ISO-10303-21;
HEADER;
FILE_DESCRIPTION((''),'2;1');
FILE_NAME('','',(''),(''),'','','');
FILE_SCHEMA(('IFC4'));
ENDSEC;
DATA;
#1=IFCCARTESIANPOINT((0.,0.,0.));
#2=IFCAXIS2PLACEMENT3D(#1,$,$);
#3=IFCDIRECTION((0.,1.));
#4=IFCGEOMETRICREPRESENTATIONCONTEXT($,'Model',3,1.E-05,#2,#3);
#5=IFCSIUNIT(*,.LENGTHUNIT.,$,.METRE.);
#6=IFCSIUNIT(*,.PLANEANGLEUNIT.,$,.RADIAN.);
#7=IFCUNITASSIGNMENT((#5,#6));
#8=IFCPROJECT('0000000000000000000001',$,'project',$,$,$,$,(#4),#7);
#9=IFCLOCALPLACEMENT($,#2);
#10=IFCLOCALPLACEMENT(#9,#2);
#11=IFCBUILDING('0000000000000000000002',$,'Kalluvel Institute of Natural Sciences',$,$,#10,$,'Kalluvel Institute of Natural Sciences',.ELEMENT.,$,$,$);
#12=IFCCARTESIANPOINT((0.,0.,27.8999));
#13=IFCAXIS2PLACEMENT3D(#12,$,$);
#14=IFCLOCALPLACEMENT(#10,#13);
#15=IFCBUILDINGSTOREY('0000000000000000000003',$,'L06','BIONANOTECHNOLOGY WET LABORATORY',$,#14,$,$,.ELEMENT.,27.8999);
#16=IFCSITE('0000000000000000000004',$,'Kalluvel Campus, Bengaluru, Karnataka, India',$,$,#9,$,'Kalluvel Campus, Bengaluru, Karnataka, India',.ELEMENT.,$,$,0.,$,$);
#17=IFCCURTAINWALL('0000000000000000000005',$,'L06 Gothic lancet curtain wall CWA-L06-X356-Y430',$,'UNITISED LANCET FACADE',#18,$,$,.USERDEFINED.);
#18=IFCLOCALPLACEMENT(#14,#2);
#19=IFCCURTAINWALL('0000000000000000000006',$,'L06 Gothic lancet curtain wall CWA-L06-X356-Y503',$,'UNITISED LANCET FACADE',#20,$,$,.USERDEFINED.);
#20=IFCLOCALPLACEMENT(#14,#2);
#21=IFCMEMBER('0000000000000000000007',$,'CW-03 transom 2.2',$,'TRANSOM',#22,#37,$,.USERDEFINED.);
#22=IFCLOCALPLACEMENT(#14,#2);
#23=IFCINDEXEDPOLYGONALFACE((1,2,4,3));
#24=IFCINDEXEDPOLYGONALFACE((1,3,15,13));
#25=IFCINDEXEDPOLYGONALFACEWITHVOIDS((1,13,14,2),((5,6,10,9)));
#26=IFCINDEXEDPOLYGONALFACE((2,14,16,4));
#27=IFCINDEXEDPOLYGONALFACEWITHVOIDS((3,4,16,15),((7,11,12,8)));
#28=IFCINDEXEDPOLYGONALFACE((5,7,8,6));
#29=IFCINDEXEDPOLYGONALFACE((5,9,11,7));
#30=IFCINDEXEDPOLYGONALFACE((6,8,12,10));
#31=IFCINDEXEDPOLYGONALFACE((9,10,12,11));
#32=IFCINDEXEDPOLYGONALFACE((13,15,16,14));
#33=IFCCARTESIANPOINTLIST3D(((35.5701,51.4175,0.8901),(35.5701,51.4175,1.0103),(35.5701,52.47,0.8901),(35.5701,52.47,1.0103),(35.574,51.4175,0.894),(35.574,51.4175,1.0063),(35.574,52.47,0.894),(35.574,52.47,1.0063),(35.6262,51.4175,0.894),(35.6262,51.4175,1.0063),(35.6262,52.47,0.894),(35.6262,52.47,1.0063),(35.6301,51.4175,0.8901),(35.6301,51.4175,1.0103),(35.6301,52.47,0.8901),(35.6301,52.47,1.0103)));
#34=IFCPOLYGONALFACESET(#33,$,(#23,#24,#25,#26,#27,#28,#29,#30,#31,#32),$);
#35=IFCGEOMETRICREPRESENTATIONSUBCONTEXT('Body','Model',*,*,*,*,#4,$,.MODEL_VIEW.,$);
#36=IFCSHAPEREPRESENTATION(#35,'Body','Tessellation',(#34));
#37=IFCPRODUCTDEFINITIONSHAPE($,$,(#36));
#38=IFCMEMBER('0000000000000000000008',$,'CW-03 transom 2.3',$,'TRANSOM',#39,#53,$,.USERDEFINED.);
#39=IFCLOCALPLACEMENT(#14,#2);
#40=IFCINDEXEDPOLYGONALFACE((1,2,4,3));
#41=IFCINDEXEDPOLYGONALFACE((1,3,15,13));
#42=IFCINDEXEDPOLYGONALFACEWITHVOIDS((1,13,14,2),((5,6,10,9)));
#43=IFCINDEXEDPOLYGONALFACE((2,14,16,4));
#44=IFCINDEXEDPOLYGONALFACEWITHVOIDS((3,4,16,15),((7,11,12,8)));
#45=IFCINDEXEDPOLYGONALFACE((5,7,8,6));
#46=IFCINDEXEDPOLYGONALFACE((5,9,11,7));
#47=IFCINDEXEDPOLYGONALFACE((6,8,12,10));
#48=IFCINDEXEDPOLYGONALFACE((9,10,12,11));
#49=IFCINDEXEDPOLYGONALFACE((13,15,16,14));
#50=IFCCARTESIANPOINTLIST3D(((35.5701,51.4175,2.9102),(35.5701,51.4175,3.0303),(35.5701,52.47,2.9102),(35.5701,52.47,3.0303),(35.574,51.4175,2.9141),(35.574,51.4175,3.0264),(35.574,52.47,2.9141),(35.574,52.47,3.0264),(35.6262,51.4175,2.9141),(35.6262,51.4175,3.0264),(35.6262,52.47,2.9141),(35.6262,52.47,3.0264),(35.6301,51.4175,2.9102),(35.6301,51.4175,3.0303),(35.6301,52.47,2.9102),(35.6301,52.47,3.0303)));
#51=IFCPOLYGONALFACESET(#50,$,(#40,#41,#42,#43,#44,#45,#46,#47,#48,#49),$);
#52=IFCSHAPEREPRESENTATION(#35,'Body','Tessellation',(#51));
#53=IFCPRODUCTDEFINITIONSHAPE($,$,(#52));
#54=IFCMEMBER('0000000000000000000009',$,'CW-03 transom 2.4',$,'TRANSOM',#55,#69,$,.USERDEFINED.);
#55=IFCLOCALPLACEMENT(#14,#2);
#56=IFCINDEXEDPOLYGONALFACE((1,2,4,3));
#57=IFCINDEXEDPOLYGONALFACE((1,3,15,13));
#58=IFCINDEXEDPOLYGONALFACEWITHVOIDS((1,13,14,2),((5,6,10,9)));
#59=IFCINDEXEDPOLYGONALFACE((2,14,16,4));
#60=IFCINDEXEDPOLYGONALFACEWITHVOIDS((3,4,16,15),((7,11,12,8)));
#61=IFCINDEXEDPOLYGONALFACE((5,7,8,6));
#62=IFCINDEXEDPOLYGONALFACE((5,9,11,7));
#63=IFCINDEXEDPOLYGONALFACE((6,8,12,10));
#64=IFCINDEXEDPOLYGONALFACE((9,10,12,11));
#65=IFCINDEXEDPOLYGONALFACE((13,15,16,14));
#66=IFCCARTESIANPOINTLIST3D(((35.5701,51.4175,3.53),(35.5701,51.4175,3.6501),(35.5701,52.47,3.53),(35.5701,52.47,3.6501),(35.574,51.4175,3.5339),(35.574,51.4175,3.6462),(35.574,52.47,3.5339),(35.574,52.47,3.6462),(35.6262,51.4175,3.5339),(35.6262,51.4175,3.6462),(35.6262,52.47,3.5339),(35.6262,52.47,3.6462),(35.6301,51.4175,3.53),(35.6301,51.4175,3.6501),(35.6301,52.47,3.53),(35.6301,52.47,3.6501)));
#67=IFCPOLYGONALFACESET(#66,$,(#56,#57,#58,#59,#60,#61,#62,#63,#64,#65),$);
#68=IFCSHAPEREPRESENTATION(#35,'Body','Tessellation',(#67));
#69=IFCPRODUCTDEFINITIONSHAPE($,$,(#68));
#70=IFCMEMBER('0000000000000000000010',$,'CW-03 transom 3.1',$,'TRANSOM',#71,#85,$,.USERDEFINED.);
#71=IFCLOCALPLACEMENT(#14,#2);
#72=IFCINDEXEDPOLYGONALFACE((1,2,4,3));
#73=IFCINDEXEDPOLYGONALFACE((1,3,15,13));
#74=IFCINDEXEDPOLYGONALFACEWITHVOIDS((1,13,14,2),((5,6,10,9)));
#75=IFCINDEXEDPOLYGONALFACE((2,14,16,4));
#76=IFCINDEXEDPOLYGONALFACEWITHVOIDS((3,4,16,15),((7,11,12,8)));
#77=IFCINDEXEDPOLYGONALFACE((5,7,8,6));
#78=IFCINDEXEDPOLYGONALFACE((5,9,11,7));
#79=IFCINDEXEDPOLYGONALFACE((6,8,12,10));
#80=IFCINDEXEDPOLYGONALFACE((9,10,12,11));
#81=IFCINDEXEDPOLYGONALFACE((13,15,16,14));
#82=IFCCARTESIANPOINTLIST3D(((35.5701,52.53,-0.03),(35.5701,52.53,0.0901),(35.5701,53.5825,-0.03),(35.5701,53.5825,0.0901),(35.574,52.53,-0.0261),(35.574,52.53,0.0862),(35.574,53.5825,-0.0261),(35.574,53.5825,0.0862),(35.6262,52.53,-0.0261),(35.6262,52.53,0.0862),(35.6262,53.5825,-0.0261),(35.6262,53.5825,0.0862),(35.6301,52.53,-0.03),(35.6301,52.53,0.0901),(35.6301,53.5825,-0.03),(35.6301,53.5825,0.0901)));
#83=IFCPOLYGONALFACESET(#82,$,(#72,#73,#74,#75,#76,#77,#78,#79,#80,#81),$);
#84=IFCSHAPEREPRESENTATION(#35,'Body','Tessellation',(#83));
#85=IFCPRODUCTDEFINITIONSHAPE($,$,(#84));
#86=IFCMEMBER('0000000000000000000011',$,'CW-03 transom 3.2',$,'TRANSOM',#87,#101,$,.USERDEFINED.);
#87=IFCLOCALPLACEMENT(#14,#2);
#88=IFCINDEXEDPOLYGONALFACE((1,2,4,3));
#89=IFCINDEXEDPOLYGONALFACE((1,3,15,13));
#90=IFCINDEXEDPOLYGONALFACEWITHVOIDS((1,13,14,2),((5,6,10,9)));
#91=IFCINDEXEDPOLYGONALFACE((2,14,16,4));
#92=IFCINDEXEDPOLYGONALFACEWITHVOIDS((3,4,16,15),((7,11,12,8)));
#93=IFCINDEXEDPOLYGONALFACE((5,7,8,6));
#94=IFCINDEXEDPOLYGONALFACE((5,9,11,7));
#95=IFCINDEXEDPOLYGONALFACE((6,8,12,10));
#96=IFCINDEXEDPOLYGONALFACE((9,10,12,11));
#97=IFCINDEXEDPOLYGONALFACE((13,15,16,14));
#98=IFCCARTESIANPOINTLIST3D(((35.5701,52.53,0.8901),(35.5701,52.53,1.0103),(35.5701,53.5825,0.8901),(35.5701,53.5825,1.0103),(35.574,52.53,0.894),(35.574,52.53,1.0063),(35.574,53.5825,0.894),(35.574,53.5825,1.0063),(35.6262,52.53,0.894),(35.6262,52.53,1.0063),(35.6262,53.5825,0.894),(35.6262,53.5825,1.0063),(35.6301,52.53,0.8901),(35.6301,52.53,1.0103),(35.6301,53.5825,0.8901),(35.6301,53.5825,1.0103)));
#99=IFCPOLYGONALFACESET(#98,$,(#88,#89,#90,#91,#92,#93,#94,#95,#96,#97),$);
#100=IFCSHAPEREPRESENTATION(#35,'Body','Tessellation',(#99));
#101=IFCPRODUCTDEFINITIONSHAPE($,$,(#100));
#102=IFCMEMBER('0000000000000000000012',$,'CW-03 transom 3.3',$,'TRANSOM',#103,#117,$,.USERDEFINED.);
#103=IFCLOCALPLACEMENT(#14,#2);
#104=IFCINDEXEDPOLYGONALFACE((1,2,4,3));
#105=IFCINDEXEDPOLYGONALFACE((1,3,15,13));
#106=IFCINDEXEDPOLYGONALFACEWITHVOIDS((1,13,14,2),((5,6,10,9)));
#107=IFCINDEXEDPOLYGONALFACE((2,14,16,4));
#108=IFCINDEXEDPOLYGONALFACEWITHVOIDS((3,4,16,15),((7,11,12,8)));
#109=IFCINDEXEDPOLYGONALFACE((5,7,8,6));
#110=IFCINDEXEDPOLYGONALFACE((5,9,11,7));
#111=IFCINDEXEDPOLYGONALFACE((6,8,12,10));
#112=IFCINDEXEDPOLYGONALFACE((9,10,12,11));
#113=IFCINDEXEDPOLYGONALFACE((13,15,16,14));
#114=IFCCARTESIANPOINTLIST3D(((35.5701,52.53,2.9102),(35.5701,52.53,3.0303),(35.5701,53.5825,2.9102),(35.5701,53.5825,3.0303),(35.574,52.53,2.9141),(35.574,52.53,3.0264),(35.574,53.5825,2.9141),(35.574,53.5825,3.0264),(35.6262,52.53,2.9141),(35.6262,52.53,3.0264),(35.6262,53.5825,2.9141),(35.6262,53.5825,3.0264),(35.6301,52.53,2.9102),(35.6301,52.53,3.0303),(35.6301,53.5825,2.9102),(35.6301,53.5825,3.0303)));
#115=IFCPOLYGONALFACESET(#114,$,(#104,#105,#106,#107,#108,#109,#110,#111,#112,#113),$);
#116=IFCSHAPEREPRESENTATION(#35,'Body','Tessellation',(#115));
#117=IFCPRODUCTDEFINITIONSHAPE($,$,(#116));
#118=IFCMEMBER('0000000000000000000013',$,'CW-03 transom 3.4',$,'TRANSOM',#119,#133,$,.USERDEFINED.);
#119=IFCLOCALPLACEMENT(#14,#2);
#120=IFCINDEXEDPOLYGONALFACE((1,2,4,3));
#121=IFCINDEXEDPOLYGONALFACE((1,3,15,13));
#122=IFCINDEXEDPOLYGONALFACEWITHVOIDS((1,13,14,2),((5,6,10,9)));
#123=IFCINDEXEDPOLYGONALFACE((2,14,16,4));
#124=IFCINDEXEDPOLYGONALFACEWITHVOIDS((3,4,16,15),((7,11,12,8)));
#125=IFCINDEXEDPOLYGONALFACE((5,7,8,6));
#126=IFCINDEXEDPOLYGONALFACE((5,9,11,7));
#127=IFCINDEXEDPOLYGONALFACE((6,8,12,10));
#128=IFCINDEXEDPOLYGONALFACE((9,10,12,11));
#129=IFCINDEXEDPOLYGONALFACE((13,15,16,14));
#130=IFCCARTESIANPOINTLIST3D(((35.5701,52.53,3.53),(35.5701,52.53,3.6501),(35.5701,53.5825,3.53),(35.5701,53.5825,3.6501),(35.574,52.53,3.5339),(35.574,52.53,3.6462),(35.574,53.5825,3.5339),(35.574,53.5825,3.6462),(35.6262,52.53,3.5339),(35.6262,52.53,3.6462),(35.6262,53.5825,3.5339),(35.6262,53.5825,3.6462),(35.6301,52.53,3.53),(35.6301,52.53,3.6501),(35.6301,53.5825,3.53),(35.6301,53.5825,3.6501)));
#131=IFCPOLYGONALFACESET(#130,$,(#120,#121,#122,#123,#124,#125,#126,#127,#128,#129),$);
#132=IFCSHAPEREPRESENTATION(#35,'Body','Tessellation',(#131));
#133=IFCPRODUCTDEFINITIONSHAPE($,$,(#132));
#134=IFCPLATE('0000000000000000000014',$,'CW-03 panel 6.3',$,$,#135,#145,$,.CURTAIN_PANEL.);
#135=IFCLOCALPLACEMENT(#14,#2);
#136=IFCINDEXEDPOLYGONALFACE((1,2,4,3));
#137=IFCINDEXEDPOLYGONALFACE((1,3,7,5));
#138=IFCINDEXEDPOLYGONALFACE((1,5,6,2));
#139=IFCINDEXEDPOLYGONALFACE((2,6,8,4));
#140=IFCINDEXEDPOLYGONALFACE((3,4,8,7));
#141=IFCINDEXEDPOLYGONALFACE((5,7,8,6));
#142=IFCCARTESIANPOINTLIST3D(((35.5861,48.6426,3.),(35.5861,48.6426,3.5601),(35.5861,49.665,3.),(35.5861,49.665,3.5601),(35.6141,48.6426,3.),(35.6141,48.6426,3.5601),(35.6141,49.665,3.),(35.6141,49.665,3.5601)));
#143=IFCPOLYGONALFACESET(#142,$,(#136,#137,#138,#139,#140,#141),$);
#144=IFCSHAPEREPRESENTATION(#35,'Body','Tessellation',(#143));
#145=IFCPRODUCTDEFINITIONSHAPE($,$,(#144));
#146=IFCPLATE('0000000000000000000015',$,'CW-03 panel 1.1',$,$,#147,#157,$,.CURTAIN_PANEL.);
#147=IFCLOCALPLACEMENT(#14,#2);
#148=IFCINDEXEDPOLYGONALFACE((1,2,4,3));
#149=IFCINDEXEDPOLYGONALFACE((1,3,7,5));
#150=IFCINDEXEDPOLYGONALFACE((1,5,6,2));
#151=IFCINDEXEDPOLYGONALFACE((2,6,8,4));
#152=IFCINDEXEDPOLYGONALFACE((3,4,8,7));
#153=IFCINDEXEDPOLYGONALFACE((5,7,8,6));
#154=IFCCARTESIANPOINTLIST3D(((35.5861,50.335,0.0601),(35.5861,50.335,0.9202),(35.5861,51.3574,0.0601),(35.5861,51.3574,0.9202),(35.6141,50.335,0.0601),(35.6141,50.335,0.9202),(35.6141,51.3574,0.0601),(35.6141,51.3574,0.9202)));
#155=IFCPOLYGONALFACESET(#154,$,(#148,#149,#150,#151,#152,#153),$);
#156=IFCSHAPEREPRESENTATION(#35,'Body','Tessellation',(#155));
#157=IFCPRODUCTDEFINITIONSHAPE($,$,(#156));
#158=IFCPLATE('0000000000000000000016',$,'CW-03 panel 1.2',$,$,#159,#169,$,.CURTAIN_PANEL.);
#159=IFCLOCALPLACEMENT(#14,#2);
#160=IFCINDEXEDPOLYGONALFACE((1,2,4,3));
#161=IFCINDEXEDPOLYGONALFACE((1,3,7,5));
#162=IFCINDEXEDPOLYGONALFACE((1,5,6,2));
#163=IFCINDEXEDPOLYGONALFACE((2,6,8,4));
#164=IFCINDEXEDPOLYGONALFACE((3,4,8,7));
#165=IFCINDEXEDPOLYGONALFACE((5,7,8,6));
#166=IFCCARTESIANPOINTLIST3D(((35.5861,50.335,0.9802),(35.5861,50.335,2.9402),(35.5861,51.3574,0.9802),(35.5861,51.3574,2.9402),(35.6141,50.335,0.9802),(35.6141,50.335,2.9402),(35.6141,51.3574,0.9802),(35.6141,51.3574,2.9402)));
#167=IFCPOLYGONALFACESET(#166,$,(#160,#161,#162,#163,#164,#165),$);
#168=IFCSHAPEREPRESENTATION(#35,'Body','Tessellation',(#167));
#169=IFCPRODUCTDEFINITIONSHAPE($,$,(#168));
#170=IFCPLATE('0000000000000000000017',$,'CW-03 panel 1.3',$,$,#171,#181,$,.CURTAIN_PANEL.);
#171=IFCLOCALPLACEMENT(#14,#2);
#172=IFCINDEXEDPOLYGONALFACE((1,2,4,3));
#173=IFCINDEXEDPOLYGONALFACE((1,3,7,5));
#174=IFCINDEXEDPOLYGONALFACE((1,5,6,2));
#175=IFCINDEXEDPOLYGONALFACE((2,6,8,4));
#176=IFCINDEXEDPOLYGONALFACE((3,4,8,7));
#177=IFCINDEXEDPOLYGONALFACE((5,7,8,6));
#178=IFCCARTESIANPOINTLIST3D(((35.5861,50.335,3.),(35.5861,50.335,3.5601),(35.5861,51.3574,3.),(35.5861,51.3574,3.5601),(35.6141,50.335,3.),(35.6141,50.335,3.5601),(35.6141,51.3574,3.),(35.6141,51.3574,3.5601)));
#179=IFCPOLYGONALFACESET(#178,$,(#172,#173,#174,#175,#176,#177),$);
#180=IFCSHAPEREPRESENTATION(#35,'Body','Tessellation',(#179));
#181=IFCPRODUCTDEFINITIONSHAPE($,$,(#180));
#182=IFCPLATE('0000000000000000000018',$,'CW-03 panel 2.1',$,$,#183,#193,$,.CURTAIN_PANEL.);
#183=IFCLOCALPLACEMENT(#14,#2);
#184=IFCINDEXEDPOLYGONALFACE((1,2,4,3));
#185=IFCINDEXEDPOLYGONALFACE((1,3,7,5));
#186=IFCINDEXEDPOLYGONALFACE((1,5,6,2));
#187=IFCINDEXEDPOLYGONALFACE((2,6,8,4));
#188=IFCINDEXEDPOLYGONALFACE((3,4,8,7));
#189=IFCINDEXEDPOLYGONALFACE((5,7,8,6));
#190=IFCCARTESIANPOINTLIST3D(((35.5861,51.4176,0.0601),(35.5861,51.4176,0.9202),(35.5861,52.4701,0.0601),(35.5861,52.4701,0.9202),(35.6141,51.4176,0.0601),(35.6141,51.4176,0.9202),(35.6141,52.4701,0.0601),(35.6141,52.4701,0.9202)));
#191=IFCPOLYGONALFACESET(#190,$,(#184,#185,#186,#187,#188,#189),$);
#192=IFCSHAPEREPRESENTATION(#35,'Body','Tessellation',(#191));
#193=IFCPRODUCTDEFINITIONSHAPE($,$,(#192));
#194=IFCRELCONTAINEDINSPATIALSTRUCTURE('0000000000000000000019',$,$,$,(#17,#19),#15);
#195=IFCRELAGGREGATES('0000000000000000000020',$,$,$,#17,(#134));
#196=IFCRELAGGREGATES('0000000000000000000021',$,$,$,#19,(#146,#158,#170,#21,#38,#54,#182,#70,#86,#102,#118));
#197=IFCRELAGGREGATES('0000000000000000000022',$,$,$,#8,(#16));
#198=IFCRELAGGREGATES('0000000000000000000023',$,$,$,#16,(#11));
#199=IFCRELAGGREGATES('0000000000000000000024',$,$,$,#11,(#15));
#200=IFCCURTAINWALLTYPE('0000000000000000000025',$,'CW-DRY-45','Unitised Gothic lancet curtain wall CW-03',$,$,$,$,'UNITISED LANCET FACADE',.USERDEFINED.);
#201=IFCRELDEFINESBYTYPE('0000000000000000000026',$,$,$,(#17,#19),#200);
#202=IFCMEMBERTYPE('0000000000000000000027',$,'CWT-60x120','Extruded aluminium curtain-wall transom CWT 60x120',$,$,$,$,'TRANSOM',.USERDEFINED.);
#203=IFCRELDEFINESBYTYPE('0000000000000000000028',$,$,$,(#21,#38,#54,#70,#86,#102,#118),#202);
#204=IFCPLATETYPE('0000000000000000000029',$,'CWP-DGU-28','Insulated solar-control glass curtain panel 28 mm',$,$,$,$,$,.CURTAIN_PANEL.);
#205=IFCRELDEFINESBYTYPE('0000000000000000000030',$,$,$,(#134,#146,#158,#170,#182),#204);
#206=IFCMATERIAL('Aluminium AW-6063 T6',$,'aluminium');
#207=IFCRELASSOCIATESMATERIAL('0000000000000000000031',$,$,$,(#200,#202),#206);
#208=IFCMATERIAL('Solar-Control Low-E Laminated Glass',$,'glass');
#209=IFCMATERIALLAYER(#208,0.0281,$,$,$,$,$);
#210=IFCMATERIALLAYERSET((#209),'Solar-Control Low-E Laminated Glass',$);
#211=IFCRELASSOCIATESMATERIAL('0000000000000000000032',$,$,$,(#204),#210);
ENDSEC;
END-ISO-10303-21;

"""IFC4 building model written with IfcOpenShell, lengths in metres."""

from ifc_helpers import new_model, si_unit, direction, frame, origin, origin_2d, place, context, subcontext, project, spatial, rectangle, hollow_rectangle, extrude, material, layer, layer_set, material_profile, profile_set, type_object, element, aggregate, save


model = new_model("IFC4")

# Units and contexts
model_context = context("Model", 3, precision=1e-05, world=origin(), true_north=direction((0.0, 1.0)))
body_context = subcontext(model_context, "Body", "Model", "MODEL_VIEW")
ifc_project = project(units=[si_unit("LENGTHUNIT", "METRE"), si_unit("PLANEANGLEUNIT", "RADIAN")], contexts=[model_context])

# Site, building, storey
site_placement = place(None, origin())
site = spatial("IfcSite", under=ifc_project, at=site_placement, Name="Kalluvel Campus, Bengaluru, Karnataka, India", LongName="Kalluvel Campus, Bengaluru, Karnataka, India", CompositionType="ELEMENT", RefElevation=0.0)
building_placement = place(site_placement, origin())
building = spatial("IfcBuilding", under=site, at=building_placement, Name="Kalluvel Institute of Natural Sciences", LongName="Kalluvel Institute of Natural Sciences", CompositionType="ELEMENT")
storey_placement = place(building_placement, frame((0.0, 0.0, 27.8999)))
storey = spatial("IfcBuildingStorey", under=building, at=storey_placement, Name="L06", Description="BIONANOTECHNOLOGY WET LABORATORY", CompositionType="ELEMENT", Elevation=27.8999)

# Curtain wall
ifc_material_1 = material(Name="Aluminium AW-6063 T6", Category="aluminium")
curtain_wall_type = type_object("IfcCurtainWallType", Name="CW-DRY-45", Description="Unitised Gothic lancet curtain wall CW-03", ElementType="UNITISED LANCET FACADE", PredefinedType="USERDEFINED", material=ifc_material_1)
curtain_wall_1_placement = place(storey_placement, origin())
curtain_wall_1 = element("IfcCurtainWall", 1, at=curtain_wall_1_placement, inside=storey, type_object=curtain_wall_type, Name="L06 Gothic lancet curtain wall CWA-L06-X356-Y430", ObjectType="UNITISED LANCET FACADE", PredefinedType="USERDEFINED")

# Curtain wall, members
curtain_wall_2_placement = place(storey_placement, origin())
curtain_wall_2 = element("IfcCurtainWall", 2, at=curtain_wall_2_placement, inside=storey, type_object=curtain_wall_type, Name="L06 Gothic lancet curtain wall CWA-L06-X356-Y503", ObjectType="UNITISED LANCET FACADE", PredefinedType="USERDEFINED")
ifc_material_profile_1 = material_profile(ifc_material_1, hollow_rectangle(XDim=0.0601, YDim=0.1201, WallThickness=0.0039, at=origin_2d()), Name="CWT 60x120")
ifc_profile_set_1 = profile_set([ifc_material_profile_1], Name="Aluminium AW-6063 T6")
member_type_1 = type_object("IfcMemberType", Name="CWT-60x120", Description="Extruded aluminium curtain-wall transom CWT 60x120", ElementType="TRANSOM", PredefinedType="USERDEFINED", material=ifc_profile_set_1)
member_1_placement = place(storey_placement, frame((35.6001, 51.4175, 0.9502), z_axis=(0.0, 1.0, 0.0), x_axis=(-1.0, 0.0, 0.0)))
member_1 = element("IfcMember", 3, at=member_1_placement, type_object=member_type_1, Name="CW-03 transom 2.2", ObjectType="TRANSOM", PredefinedType="USERDEFINED", context=body_context, shape_type="SweptSolid", body=[
    extrude(hollow_rectangle(XDim=0.0601, YDim=0.1201, WallThickness=0.0039, at=origin_2d()), origin(), (0.0, 0.0, 1.0), 1.0525),
])
member_2_placement = place(storey_placement, frame((35.6001, 51.4175, 2.9702), z_axis=(0.0, 1.0, 0.0), x_axis=(-1.0, 0.0, 0.0)))
member_2 = element("IfcMember", 4, at=member_2_placement, type_object=member_type_1, Name="CW-03 transom 2.3", ObjectType="TRANSOM", PredefinedType="USERDEFINED", context=body_context, shape_type="SweptSolid", body=[
    extrude(hollow_rectangle(XDim=0.0601, YDim=0.1201, WallThickness=0.0039, at=origin_2d()), origin(), (0.0, 0.0, 1.0), 1.0525),
])
member_3_placement = place(storey_placement, frame((35.6001, 51.4175, 3.5901), z_axis=(0.0, 1.0, 0.0), x_axis=(-1.0, 0.0, 0.0)))
member_3 = element("IfcMember", 5, at=member_3_placement, type_object=member_type_1, Name="CW-03 transom 2.4", ObjectType="TRANSOM", PredefinedType="USERDEFINED", context=body_context, shape_type="SweptSolid", body=[
    extrude(hollow_rectangle(XDim=0.0601, YDim=0.1201, WallThickness=0.0039, at=origin_2d()), origin(), (0.0, 0.0, 1.0), 1.0525),
])
member_4_placement = place(storey_placement, frame((35.6001, 52.53, 0.03), z_axis=(0.0, 1.0, 0.0), x_axis=(-1.0, 0.0, 0.0)))
member_4 = element("IfcMember", 6, at=member_4_placement, type_object=member_type_1, Name="CW-03 transom 3.1", ObjectType="TRANSOM", PredefinedType="USERDEFINED", context=body_context, shape_type="SweptSolid", body=[
    extrude(hollow_rectangle(XDim=0.0601, YDim=0.1201, WallThickness=0.0039, at=origin_2d()), origin(), (0.0, 0.0, 1.0), 1.0525),
])
member_5_placement = place(storey_placement, frame((35.6001, 52.53, 0.9502), z_axis=(0.0, 1.0, 0.0), x_axis=(-1.0, 0.0, 0.0)))
member_5 = element("IfcMember", 7, at=member_5_placement, type_object=member_type_1, Name="CW-03 transom 3.2", ObjectType="TRANSOM", PredefinedType="USERDEFINED", context=body_context, shape_type="SweptSolid", body=[
    extrude(hollow_rectangle(XDim=0.0601, YDim=0.1201, WallThickness=0.0039, at=origin_2d()), origin(), (0.0, 0.0, 1.0), 1.0525),
])
member_6_placement = place(storey_placement, frame((35.6001, 52.53, 2.9702), z_axis=(0.0, 1.0, 0.0), x_axis=(-1.0, 0.0, 0.0)))
member_6 = element("IfcMember", 8, at=member_6_placement, type_object=member_type_1, Name="CW-03 transom 3.3", ObjectType="TRANSOM", PredefinedType="USERDEFINED", context=body_context, shape_type="SweptSolid", body=[
    extrude(hollow_rectangle(XDim=0.0601, YDim=0.1201, WallThickness=0.0039, at=origin_2d()), origin(), (0.0, 0.0, 1.0), 1.0525),
])
member_7_placement = place(storey_placement, frame((35.6001, 52.53, 3.5901), z_axis=(0.0, 1.0, 0.0), x_axis=(-1.0, 0.0, 0.0)))
member_7 = element("IfcMember", 9, at=member_7_placement, type_object=member_type_1, Name="CW-03 transom 3.4", ObjectType="TRANSOM", PredefinedType="USERDEFINED", context=body_context, shape_type="SweptSolid", body=[
    extrude(hollow_rectangle(XDim=0.0601, YDim=0.1201, WallThickness=0.0039, at=origin_2d()), origin(), (0.0, 0.0, 1.0), 1.0525),
])

# Plates
ifc_material_2 = material(Name="Solar-Control Low-E Laminated Glass", Category="glass")
ifc_layer = layer(ifc_material_2, 0.0281)
ifc_layer_set = layer_set([ifc_layer], Name="Solar-Control Low-E Laminated Glass")
plate_type = type_object("IfcPlateType", Name="CWP-DGU-28", Description="Insulated solar-control glass curtain panel 28 mm", PredefinedType="CURTAIN_PANEL", material=ifc_layer_set)
plate_1_placement = place(storey_placement, frame((35.6001, 49.1538, 3.0), z_axis=(0.0, 0.0, 1.0), x_axis=(0.0, 1.0, 0.0)))
plate_1 = element("IfcPlate", 10, at=plate_1_placement, type_object=plate_type, Name="CW-03 panel 6.3", PredefinedType="CURTAIN_PANEL", context=body_context, shape_type="SweptSolid", body=[
    extrude(rectangle(XDim=1.0225, YDim=0.0281, at=origin_2d()), origin(), (0.0, 0.0, 1.0), 0.5601),
])
aggregate(curtain_wall_1, [plate_1])
plate_2_placement = place(storey_placement, frame((35.6001, 50.8462, 0.0601), z_axis=(0.0, 0.0, 1.0), x_axis=(0.0, 1.0, 0.0)))
plate_2 = element("IfcPlate", 11, at=plate_2_placement, type_object=plate_type, Name="CW-03 panel 1.1", PredefinedType="CURTAIN_PANEL", context=body_context, shape_type="SweptSolid", body=[
    extrude(rectangle(XDim=1.0225, YDim=0.0281, at=origin_2d()), origin(), (0.0, 0.0, 1.0), 0.8601),
])
plate_3_placement = place(storey_placement, frame((35.6001, 50.8462, 0.9802), z_axis=(0.0, 0.0, 1.0), x_axis=(0.0, 1.0, 0.0)))
plate_3 = element("IfcPlate", 12, at=plate_3_placement, type_object=plate_type, Name="CW-03 panel 1.2", PredefinedType="CURTAIN_PANEL", context=body_context, shape_type="SweptSolid", body=[
    extrude(rectangle(XDim=1.0225, YDim=0.0281, at=origin_2d()), origin(), (0.0, 0.0, 1.0), 1.96),
])
plate_4_placement = place(storey_placement, frame((35.6001, 50.8462, 3.0), z_axis=(0.0, 0.0, 1.0), x_axis=(0.0, 1.0, 0.0)))
plate_4 = element("IfcPlate", 13, at=plate_4_placement, type_object=plate_type, Name="CW-03 panel 1.3", PredefinedType="CURTAIN_PANEL", context=body_context, shape_type="SweptSolid", body=[
    extrude(rectangle(XDim=1.0225, YDim=0.0281, at=origin_2d()), origin(), (0.0, 0.0, 1.0), 0.5601),
])
plate_5_placement = place(storey_placement, frame((35.6001, 51.9438, 0.0601), z_axis=(0.0, 0.0, 1.0), x_axis=(0.0, 1.0, 0.0)))
plate_5 = element("IfcPlate", 14, at=plate_5_placement, type_object=plate_type, Name="CW-03 panel 2.1", PredefinedType="CURTAIN_PANEL", context=body_context, shape_type="SweptSolid", body=[
    extrude(rectangle(XDim=1.0525, YDim=0.0281, at=origin_2d()), origin(), (0.0, 0.0, 1.0), 0.8601),
])
aggregate(curtain_wall_2, [plate_2, plate_3, plate_4, member_1, member_2, member_3, plate_5, member_4, member_5, member_6, member_7])

save(model, "model.ifc")
